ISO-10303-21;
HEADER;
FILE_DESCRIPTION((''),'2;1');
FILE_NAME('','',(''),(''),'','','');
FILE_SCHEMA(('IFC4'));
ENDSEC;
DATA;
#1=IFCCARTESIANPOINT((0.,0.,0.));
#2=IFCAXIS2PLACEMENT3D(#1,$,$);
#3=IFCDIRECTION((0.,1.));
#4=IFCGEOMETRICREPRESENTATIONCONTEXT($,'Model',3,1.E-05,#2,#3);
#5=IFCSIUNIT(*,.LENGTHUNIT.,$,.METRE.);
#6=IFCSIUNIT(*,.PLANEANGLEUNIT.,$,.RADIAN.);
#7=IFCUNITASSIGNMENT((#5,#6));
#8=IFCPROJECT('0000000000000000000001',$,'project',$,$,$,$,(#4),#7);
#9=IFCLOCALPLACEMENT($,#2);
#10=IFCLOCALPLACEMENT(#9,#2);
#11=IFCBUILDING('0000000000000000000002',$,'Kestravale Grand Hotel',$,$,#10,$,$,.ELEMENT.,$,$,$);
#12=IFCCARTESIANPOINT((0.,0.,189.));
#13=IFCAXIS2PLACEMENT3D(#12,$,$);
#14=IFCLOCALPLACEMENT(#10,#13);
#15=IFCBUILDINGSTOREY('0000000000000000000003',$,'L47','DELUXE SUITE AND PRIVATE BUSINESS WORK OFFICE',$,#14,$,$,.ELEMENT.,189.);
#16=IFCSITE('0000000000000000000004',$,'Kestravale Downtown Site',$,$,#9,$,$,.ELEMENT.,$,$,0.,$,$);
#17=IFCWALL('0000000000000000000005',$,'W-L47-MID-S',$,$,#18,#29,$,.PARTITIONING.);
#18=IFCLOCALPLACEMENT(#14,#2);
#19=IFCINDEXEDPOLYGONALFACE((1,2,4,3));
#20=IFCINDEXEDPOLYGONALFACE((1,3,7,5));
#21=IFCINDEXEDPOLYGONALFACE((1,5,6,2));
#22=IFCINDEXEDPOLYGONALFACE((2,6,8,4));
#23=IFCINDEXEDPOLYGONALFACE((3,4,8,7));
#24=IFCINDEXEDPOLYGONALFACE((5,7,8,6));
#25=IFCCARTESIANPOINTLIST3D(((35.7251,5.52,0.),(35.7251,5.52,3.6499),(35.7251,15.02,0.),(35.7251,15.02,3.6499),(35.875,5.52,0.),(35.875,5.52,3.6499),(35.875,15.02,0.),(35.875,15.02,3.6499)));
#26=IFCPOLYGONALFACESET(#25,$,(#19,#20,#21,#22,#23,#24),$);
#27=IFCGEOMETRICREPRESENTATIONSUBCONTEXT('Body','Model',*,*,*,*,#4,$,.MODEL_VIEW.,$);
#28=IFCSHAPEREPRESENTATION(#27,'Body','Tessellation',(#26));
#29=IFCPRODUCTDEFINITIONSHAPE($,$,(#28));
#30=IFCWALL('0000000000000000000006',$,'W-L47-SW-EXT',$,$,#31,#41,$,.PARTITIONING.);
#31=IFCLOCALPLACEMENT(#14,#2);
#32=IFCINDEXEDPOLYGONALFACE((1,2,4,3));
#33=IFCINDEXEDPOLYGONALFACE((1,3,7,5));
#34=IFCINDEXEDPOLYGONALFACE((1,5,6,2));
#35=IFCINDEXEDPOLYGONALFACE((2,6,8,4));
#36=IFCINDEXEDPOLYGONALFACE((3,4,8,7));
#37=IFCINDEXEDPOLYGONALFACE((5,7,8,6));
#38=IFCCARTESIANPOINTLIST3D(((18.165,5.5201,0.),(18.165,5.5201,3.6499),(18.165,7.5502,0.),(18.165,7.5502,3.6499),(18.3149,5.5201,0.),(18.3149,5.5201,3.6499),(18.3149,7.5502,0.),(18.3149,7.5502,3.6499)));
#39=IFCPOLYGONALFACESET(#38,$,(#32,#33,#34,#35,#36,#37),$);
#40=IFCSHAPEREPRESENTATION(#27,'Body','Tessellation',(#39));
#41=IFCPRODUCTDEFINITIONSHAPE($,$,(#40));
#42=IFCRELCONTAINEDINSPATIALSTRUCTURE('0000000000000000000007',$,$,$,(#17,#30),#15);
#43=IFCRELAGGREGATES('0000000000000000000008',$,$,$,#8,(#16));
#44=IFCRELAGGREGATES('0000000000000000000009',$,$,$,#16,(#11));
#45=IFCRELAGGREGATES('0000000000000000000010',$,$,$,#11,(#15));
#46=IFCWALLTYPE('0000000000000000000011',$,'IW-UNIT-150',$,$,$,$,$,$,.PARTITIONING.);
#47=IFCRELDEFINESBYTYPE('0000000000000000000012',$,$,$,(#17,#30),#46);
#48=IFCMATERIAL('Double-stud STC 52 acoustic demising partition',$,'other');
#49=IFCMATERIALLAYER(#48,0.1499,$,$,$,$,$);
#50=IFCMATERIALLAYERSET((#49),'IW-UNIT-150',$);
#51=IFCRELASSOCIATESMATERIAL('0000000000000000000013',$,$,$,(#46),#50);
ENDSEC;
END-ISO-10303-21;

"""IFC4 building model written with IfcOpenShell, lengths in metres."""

from ifc_helpers import new_model, si_unit, direction, frame, frame_2d, origin, place, context, subcontext, project, spatial, rectangle, extrude, material, layer, layer_set, type_object, element, save


model = new_model("IFC4")

# Units and contexts
model_context = context("Model", 3, precision=1e-05, world=origin(), true_north=direction((0.0, 1.0)))
body_context = subcontext(model_context, "Body", "Model", "MODEL_VIEW")
ifc_project = project(units=[si_unit("LENGTHUNIT", "METRE"), si_unit("PLANEANGLEUNIT", "RADIAN")], contexts=[model_context])

# Site, building, storey
site_placement = place(None, origin())
site = spatial("IfcSite", under=ifc_project, at=site_placement, Name="Kestravale Downtown Site", CompositionType="ELEMENT", RefElevation=0.0)
building_placement = place(site_placement, origin())
building = spatial("IfcBuilding", under=site, at=building_placement, Name="Kestravale Grand Hotel", CompositionType="ELEMENT")
storey_placement = place(building_placement, frame((0.0, 0.0, 189.0)))
storey = spatial("IfcBuildingStorey", under=building, at=storey_placement, Name="L47", Description="DELUXE SUITE AND PRIVATE BUSINESS WORK OFFICE", CompositionType="ELEMENT", Elevation=189.0)

# Walls
ifc_material_1 = material(Name="Double-stud STC 52 acoustic demising partition", Category="other")
ifc_layer_1 = layer(ifc_material_1, 0.1499)
ifc_layer_set_1 = layer_set([ifc_layer_1], Name="IW-UNIT-150")
wall_type_1 = type_object("IfcWallType", Name="IW-UNIT-150", PredefinedType="PARTITIONING", material=ifc_layer_set_1)
wall_1_placement = place(storey_placement, frame((35.8, 5.52, 0.0), z_axis=(0.0, 0.0, 1.0), x_axis=(0.0, 1.0, 0.0)))
element("IfcWall", 1, at=wall_1_placement, inside=storey, type_object=wall_type_1, Name="W-L47-MID-S", PredefinedType="PARTITIONING", context=body_context, shape_type="SweptSolid", body=[
    extrude(rectangle(XDim=9.5, YDim=0.1499, at=frame_2d((4.75, 0.0))), origin(), (0.0, 0.0, 1.0), 3.6499),
])
wall_2_placement = place(storey_placement, frame((18.24, 5.52, 0.0), z_axis=(0.0, 0.0, 1.0), x_axis=(0.0, 1.0, 0.0)))
element("IfcWall", 2, at=wall_2_placement, inside=storey, type_object=wall_type_1, Name="W-L47-SW-EXT", PredefinedType="PARTITIONING", context=body_context, shape_type="SweptSolid", body=[
    extrude(rectangle(XDim=2.03, YDim=0.1499, at=frame_2d((1.0151, 0.0))), origin(), (0.0, 0.0, 1.0), 3.6499),
])

save(model, "model.ifc")
